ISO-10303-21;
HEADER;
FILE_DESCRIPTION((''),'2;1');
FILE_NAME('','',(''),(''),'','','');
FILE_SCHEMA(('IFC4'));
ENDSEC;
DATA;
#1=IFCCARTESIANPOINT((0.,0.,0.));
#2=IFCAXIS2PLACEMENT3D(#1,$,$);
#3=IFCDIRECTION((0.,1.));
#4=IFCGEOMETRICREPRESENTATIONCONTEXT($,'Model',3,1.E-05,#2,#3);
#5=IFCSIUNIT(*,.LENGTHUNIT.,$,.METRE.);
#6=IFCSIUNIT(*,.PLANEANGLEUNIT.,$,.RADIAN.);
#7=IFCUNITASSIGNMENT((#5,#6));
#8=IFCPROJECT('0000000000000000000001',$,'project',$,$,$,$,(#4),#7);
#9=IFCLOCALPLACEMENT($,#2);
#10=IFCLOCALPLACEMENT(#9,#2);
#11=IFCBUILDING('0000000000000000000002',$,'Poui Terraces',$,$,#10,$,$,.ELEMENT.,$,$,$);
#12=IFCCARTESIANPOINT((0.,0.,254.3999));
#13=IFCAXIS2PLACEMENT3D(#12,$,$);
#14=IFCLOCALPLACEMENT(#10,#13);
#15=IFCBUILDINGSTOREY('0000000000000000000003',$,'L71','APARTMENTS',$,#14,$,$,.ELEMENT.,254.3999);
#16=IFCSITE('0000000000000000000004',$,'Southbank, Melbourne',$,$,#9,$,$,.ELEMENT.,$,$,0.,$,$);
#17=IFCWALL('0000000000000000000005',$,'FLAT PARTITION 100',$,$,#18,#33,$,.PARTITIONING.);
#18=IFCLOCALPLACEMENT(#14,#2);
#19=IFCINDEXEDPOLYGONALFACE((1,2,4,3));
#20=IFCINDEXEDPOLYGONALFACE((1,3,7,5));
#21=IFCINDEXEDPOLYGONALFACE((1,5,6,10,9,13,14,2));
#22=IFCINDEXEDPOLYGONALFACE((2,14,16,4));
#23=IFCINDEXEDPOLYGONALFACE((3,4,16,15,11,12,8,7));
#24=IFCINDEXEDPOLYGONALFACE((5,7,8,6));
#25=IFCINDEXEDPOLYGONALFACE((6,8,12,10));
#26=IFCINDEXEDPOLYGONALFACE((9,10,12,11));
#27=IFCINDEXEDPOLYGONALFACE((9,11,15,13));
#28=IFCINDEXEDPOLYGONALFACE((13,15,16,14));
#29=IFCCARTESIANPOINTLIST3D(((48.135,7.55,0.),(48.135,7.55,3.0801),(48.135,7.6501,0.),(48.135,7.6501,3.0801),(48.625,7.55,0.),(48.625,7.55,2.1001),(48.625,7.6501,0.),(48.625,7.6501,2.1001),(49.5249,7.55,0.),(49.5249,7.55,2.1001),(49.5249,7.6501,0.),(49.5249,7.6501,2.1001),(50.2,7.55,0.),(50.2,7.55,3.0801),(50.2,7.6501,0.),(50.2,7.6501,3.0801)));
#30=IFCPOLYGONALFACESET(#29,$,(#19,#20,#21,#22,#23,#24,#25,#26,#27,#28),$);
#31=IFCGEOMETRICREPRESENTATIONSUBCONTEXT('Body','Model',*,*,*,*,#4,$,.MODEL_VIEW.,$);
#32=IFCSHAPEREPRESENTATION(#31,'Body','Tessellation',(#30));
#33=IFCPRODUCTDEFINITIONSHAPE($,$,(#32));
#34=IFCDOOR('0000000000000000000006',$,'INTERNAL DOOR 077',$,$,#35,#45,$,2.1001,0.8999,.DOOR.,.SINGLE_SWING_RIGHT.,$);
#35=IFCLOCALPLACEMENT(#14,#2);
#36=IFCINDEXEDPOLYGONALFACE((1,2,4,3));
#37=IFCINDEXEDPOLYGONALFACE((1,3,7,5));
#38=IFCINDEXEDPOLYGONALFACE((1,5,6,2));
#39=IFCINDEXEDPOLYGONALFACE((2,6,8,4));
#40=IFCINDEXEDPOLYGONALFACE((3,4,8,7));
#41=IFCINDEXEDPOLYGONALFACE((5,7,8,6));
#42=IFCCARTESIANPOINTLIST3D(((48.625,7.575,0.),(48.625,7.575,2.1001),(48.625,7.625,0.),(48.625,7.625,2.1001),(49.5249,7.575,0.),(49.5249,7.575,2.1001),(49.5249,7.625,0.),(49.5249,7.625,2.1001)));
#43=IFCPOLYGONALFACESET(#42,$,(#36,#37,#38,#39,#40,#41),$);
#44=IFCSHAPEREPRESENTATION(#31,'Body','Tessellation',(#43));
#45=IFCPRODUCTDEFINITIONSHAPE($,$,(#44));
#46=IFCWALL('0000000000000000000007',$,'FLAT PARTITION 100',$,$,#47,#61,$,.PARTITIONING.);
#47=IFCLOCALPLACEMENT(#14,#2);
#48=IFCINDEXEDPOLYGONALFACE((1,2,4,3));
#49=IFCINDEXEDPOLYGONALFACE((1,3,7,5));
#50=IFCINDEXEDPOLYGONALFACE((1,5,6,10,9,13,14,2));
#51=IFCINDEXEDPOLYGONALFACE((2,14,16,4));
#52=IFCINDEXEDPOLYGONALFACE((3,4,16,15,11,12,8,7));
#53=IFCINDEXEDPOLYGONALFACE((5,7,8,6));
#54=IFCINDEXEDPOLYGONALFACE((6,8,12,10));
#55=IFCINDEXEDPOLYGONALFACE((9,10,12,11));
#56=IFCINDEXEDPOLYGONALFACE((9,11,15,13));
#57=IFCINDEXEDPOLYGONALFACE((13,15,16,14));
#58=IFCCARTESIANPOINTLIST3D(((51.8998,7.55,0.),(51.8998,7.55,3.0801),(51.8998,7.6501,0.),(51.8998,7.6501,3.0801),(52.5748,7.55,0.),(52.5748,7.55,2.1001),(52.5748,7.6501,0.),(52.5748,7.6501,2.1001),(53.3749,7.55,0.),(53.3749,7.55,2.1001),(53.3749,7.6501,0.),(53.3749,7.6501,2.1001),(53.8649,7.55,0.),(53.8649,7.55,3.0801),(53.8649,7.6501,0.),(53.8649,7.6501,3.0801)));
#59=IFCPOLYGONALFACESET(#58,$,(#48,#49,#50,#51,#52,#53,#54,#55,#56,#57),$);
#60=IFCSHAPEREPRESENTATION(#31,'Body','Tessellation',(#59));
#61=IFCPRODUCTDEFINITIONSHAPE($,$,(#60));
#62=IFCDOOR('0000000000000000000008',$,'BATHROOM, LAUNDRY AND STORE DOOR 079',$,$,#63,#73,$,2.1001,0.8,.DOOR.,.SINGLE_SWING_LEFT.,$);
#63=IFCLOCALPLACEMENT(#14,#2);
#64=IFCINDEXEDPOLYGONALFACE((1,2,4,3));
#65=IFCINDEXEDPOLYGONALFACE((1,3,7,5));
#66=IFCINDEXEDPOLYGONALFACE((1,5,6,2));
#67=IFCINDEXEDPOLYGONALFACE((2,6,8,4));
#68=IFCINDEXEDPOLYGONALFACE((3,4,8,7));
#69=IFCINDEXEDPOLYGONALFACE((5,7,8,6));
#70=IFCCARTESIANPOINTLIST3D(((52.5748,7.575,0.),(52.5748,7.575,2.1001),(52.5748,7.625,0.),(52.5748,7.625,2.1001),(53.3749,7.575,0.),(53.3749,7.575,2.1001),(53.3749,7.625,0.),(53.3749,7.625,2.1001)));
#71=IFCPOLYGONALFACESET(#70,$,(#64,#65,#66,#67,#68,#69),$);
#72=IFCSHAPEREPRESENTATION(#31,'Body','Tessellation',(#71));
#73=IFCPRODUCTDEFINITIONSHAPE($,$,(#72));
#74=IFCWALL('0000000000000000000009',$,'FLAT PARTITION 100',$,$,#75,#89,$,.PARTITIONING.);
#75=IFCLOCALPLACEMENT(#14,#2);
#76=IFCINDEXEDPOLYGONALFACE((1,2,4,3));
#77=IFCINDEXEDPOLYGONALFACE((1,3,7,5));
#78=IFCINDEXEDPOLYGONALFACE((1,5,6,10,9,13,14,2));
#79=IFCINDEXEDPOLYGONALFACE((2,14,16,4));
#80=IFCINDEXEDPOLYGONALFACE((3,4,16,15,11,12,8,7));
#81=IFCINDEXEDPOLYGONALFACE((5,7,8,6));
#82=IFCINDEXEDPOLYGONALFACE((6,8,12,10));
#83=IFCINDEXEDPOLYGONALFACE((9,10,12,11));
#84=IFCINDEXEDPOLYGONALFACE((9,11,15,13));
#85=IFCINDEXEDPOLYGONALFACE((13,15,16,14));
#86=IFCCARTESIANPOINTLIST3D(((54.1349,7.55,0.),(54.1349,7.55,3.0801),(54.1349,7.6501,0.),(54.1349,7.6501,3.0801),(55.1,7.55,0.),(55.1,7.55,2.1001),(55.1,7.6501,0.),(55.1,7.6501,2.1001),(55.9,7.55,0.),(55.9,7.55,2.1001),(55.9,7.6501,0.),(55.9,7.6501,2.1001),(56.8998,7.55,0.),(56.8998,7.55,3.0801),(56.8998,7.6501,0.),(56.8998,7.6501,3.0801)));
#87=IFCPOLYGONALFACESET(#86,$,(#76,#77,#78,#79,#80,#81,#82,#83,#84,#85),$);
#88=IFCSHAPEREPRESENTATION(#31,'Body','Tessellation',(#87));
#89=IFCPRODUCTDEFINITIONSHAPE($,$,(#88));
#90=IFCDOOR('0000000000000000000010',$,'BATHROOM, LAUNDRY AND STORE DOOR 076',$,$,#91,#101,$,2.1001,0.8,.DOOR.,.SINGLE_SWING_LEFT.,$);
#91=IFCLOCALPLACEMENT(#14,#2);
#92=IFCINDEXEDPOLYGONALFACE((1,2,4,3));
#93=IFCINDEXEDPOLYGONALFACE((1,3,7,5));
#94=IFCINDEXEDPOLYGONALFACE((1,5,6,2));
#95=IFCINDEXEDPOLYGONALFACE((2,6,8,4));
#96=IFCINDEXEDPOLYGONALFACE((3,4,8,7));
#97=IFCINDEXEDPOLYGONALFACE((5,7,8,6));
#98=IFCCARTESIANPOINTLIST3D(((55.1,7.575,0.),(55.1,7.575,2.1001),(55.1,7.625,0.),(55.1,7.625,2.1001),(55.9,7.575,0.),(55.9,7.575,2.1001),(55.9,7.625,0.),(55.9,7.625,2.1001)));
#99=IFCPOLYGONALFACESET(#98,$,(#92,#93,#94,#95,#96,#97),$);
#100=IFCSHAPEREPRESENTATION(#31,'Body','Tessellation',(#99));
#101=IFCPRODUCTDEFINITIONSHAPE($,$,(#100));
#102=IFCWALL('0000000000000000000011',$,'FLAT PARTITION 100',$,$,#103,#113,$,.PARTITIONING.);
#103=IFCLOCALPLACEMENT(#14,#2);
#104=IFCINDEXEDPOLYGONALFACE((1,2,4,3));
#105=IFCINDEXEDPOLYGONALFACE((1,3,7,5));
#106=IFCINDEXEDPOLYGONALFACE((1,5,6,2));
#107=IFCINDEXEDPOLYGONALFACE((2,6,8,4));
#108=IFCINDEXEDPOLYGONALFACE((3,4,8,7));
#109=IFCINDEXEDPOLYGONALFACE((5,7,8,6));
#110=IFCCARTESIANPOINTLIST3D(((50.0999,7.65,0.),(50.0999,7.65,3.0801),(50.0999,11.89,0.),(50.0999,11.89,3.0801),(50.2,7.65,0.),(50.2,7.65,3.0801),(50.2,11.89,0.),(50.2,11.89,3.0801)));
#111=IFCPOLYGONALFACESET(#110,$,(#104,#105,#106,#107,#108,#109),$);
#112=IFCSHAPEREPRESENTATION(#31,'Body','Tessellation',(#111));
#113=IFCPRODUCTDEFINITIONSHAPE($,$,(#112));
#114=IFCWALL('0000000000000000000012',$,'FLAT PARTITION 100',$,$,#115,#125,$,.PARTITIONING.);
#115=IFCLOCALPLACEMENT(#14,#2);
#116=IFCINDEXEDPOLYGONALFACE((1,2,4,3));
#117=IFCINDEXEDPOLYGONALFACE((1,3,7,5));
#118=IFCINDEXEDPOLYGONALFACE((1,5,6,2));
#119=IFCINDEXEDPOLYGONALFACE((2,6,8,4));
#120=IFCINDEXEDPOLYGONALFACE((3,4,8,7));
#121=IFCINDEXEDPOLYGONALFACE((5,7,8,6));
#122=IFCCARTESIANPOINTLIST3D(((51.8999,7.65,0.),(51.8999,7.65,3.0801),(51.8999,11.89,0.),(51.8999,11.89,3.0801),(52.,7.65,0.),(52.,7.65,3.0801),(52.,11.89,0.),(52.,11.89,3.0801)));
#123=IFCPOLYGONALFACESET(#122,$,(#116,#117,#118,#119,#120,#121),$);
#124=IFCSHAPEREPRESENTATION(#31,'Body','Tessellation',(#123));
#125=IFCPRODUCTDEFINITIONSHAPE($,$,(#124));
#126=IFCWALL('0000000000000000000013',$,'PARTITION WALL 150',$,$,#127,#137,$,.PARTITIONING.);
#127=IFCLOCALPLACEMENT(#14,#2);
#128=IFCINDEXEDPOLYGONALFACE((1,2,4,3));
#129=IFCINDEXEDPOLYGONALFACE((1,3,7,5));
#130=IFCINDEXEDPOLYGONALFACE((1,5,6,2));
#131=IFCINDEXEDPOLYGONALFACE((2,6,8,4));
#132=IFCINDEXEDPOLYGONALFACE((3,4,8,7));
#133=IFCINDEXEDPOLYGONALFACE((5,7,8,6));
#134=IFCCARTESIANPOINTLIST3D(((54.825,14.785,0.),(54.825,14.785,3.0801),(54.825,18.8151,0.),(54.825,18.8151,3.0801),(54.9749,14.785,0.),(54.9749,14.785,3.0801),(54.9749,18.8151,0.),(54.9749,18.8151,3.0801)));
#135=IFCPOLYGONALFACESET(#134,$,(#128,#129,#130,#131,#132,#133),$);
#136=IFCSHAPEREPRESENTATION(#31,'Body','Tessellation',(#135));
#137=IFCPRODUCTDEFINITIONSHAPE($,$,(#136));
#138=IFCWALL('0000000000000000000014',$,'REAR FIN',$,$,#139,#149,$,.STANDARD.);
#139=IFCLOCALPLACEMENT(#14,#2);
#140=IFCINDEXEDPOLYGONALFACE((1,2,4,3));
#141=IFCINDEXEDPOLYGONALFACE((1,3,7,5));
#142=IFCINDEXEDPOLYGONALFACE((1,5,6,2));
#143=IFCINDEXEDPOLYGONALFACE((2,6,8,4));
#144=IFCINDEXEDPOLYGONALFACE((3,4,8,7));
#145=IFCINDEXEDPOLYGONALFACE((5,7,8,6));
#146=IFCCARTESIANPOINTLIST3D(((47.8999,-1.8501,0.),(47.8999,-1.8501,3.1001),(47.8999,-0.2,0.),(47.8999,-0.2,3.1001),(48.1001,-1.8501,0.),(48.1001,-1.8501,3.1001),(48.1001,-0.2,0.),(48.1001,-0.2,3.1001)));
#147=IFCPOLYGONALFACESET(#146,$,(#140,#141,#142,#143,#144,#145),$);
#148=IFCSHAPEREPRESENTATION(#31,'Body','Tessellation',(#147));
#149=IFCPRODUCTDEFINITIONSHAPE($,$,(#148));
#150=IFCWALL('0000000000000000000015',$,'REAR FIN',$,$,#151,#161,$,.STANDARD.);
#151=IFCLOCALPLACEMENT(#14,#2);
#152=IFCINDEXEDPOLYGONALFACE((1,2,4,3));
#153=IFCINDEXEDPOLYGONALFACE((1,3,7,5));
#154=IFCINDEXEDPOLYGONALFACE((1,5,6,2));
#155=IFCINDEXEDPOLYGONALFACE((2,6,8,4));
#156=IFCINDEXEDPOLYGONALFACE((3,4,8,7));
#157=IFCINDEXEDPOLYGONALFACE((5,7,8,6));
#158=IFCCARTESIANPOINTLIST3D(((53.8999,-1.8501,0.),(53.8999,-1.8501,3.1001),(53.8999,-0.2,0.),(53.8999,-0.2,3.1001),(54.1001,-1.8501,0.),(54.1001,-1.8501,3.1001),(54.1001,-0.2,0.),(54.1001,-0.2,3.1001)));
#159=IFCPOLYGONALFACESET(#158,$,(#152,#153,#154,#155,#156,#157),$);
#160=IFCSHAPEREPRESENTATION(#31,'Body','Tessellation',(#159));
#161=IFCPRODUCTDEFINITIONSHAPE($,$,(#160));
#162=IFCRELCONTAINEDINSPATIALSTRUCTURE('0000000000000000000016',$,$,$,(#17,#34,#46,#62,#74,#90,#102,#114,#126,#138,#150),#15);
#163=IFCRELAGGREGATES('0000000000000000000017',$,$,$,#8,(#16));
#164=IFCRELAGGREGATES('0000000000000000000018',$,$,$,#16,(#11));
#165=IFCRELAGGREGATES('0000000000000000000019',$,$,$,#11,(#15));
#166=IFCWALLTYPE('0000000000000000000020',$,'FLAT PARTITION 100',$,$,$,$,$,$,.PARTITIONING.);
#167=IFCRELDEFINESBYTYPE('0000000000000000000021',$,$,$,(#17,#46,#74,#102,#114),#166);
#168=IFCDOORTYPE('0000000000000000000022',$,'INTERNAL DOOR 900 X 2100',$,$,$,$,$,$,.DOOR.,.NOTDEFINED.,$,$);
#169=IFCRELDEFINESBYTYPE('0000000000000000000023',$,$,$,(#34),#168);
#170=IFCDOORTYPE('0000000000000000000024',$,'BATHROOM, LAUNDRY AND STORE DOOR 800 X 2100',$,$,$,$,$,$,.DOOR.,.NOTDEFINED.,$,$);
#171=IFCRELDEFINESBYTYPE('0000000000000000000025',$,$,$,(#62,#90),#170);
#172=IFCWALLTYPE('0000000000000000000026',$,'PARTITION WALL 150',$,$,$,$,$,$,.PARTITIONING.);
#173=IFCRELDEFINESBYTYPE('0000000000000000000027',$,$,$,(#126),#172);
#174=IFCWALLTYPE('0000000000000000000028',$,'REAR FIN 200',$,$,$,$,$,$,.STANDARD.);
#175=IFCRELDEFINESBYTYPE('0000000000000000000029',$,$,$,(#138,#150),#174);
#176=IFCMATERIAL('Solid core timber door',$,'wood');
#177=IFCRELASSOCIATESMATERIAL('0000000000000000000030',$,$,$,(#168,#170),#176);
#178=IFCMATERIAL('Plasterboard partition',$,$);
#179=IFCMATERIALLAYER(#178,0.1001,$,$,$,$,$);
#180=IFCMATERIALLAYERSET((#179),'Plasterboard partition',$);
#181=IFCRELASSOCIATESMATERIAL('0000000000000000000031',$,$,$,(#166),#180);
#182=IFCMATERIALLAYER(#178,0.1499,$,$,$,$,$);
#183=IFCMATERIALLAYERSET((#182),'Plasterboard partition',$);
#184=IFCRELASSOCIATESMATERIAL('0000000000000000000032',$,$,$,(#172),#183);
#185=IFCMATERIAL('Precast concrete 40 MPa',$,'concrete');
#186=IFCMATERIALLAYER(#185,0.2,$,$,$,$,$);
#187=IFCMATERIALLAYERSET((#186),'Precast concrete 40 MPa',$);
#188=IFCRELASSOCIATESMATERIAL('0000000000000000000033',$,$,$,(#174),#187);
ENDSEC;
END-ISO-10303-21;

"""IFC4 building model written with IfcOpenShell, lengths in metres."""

from ifc_helpers import new_model, si_unit, direction, frame, frame_2d, origin, place, context, subcontext, project, spatial, polyline, rectangle, outline, extrude, source, transform, mapped, material, layer, layer_set, type_object, element, fill, save


model = new_model("IFC4")

# Units and contexts
model_context = context("Model", 3, precision=1e-05, world=origin(), true_north=direction((0.0, 1.0)))
body_context = subcontext(model_context, "Body", "Model", "MODEL_VIEW")
ifc_project = project(units=[si_unit("LENGTHUNIT", "METRE"), si_unit("PLANEANGLEUNIT", "RADIAN")], contexts=[model_context])

# Site, building, storey
site_placement = place(None, origin())
site = spatial("IfcSite", under=ifc_project, at=site_placement, Name="Southbank, Melbourne", CompositionType="ELEMENT", RefElevation=0.0)
building_placement = place(site_placement, origin())
building = spatial("IfcBuilding", under=site, at=building_placement, Name="Poui Terraces", CompositionType="ELEMENT")
storey_placement = place(building_placement, frame((0.0, 0.0, 254.3999)))
storey = spatial("IfcBuildingStorey", under=building, at=storey_placement, Name="L71", Description="APARTMENTS", CompositionType="ELEMENT", Elevation=254.3999)

# Shared definitions
ifc_material_1 = material(Name="Precast concrete 40 MPa", Category="concrete")

# Walls, openings, doors
ifc_material_2 = material(Name="Solid core timber door", Category="wood")
door_type_1 = type_object("IfcDoorType", Name="INTERNAL DOOR 900 X 2100", OperationType="NOTDEFINED", PredefinedType="DOOR", material=ifc_material_2)
ifc_material_3 = material(Name="Plasterboard partition")
ifc_layer_1 = layer(ifc_material_3, 0.1001)
ifc_layer_set_1 = layer_set([ifc_layer_1], Name="Plasterboard partition")
wall_type_1 = type_object("IfcWallType", Name="FLAT PARTITION 100", PredefinedType="PARTITIONING", material=ifc_layer_set_1)
wall_1_placement = place(storey_placement, frame((48.135, 7.6001, 0.0), z_axis=(0.0, 0.0, 1.0), x_axis=(1.0, 0.0, 0.0)))
wall_1 = element("IfcWall", 1, at=wall_1_placement, inside=storey, type_object=wall_type_1, Name="FLAT PARTITION 100", PredefinedType="PARTITIONING", context=body_context, shape_type="SweptSolid", body=[
    extrude(rectangle(XDim=2.0649, YDim=0.1001, at=frame_2d((1.0325, 0.0))), origin(), (0.0, 0.0, 1.0), 3.0801),
])
opening_1_placement = place(wall_1_placement, frame((0.49, 0.0, 0.0)))
opening_1 = element("IfcOpeningElement", 2, at=opening_1_placement, cuts=wall_1, PredefinedType="OPENING", context=body_context, shape_type="SweptSolid", body=[
    extrude(rectangle(XDim=0.8999, YDim=2.1001, at=frame_2d((0.45, 1.05))), frame((0.0, 0.0601, 0.0), z_axis=(0.0, -1.0, 0.0), x_axis=(1.0, 0.0, 0.0)), (0.0, 0.0, 1.0), 0.1201),
])
door_1_placement = place(opening_1_placement, origin())
door_1 = element("IfcDoor", 3, at=door_1_placement, inside=storey, type_object=door_type_1, Name="INTERNAL DOOR 077", OperationType="SINGLE_SWING_RIGHT", OverallHeight=2.1001, OverallWidth=0.8999, PredefinedType="DOOR", context=body_context, shape_type="SweptSolid", body=[
    extrude(rectangle(XDim=0.8999, YDim=2.1001, at=frame_2d((0.45, 1.05))), frame((0.0, 0.0249, 0.0), z_axis=(0.0, -1.0, 0.0), x_axis=(1.0, 0.0, 0.0)), (0.0, 0.0, 1.0), 0.05),
])
fill(opening_1, door_1)
wall_2_placement = place(storey_placement, frame((51.8999, 7.6001, 0.0), z_axis=(0.0, 0.0, 1.0), x_axis=(1.0, 0.0, 0.0)))
wall_2 = element("IfcWall", 4, at=wall_2_placement, inside=storey, type_object=wall_type_1, Name="FLAT PARTITION 100", PredefinedType="PARTITIONING", context=body_context, shape_type="SweptSolid", body=[
    extrude(rectangle(XDim=1.9651, YDim=0.1001, at=frame_2d((0.9824, 0.0))), origin(), (0.0, 0.0, 1.0), 3.0801),
])
opening_2_placement = place(wall_2_placement, frame((0.675, 0.0, 0.0)))
opening_2 = element("IfcOpeningElement", 5, at=opening_2_placement, cuts=wall_2, PredefinedType="OPENING", context=body_context, shape_type="SweptSolid", body=[
    extrude(rectangle(XDim=0.8, YDim=2.1001, at=frame_2d((0.3999, 1.05))), frame((0.0, 0.0601, 0.0), z_axis=(0.0, -1.0, 0.0), x_axis=(1.0, 0.0, 0.0)), (0.0, 0.0, 1.0), 0.1201),
])
door_type_2 = type_object("IfcDoorType", Name="BATHROOM, LAUNDRY AND STORE DOOR 800 X 2100", OperationType="NOTDEFINED", PredefinedType="DOOR", material=ifc_material_2)
door_2_placement = place(opening_2_placement, origin())
door_2 = element("IfcDoor", 6, at=door_2_placement, inside=storey, type_object=door_type_2, Name="BATHROOM, LAUNDRY AND STORE DOOR 079", OperationType="SINGLE_SWING_LEFT", OverallHeight=2.1001, OverallWidth=0.8, PredefinedType="DOOR", context=body_context, shape_type="SweptSolid", body=[
    extrude(rectangle(XDim=0.8, YDim=2.1001, at=frame_2d((0.3999, 1.05))), frame((0.0, 0.0249, 0.0), z_axis=(0.0, -1.0, 0.0), x_axis=(1.0, 0.0, 0.0)), (0.0, 0.0, 1.0), 0.05),
])
fill(opening_2, door_2)
wall_3_placement = place(storey_placement, frame((54.135, 7.6001, 0.0), z_axis=(0.0, 0.0, 1.0), x_axis=(1.0, 0.0, 0.0)))
wall_3 = element("IfcWall", 7, at=wall_3_placement, inside=storey, type_object=wall_type_1, Name="FLAT PARTITION 100", PredefinedType="PARTITIONING", context=body_context, shape_type="SweptSolid", body=[
    extrude(rectangle(XDim=2.7649, YDim=0.1001, at=frame_2d((1.3823, 0.0))), origin(), (0.0, 0.0, 1.0), 3.0801),
])
opening_3_placement = place(wall_3_placement, frame((0.9651, 0.0, 0.0)))
opening_3 = element("IfcOpeningElement", 8, at=opening_3_placement, cuts=wall_3, PredefinedType="OPENING", context=body_context, shape_type="SweptSolid", body=[
    extrude(rectangle(XDim=0.8, YDim=2.1001, at=frame_2d((0.3999, 1.05))), frame((0.0, 0.0601, 0.0), z_axis=(0.0, -1.0, 0.0), x_axis=(1.0, 0.0, 0.0)), (0.0, 0.0, 1.0), 0.1201),
])
door_3_placement = place(opening_3_placement, origin())
door_3 = element("IfcDoor", 9, at=door_3_placement, inside=storey, type_object=door_type_2, Name="BATHROOM, LAUNDRY AND STORE DOOR 076", OperationType="SINGLE_SWING_LEFT", OverallHeight=2.1001, OverallWidth=0.8, PredefinedType="DOOR", context=body_context, shape_type="SweptSolid", body=[
    extrude(rectangle(XDim=0.8, YDim=2.1001, at=frame_2d((0.3999, 1.05))), frame((0.0, 0.0249, 0.0), z_axis=(0.0, -1.0, 0.0), x_axis=(1.0, 0.0, 0.0)), (0.0, 0.0, 1.0), 0.05),
])
fill(opening_3, door_3)

# Walls
for number, where, z_axis, x_axis, name in (
    (10, (50.1499, 7.6499, 0.0), (0.0, 0.0, 1.0), (0.0, 1.0, 0.0), "FLAT PARTITION 100"),
    (11, (51.95, 7.6499, 0.0), (0.0, 0.0, 1.0), (0.0, 1.0, 0.0), "FLAT PARTITION 100"),
):
    element("IfcWall", number, at=place(storey_placement, frame(where, z_axis=z_axis, x_axis=x_axis)), inside=storey, type_object=wall_type_1, Name=name, PredefinedType="PARTITIONING", context=body_context, shape_type="SweptSolid", body=[
        extrude(rectangle(XDim=4.24, YDim=0.1001, at=frame_2d((2.1201, 0.0))), origin(), (0.0, 0.0, 1.0), 3.0801),
    ])
ifc_layer_2 = layer(ifc_material_3, 0.1499)
ifc_layer_set_2 = layer_set([ifc_layer_2], Name="Plasterboard partition")
wall_type_2 = type_object("IfcWallType", Name="PARTITION WALL 150", PredefinedType="PARTITIONING", material=ifc_layer_set_2)
wall_4_placement = place(storey_placement, frame((54.8999, 14.7849, 0.0), z_axis=(0.0, 0.0, 1.0), x_axis=(0.0, 1.0, 0.0)))
element("IfcWall", 12, at=wall_4_placement, inside=storey, type_object=wall_type_2, Name="PARTITION WALL 150", PredefinedType="PARTITIONING", context=body_context, shape_type="SweptSolid", body=[
    extrude(rectangle(XDim=4.03, YDim=0.1499, at=frame_2d((2.0151, 0.0))), origin(), (0.0, 0.0, 1.0), 3.0801),
])
ifc_layer_3 = layer(ifc_material_1, 0.2)
ifc_layer_set_3 = layer_set([ifc_layer_3], Name="Precast concrete 40 MPa")
wall_type_3 = type_object("IfcWallType", Name="REAR FIN 200", PredefinedType="STANDARD", material=ifc_layer_set_3)
shared_shape_1 = source(origin(), body_context, "Body", "SweptSolid", [
    extrude(outline(polyline([(0.0, 0.0), (0.2002, 0.0), (0.2002, 1.6501), (0.0, 1.6501), (0.0, 0.0)])), origin(), (0.0, 0.0, 1.0), 3.1001),
])
for number, where, name in (
    (13, (47.8999, -1.8501, 0.0), "REAR FIN"),
    (14, (53.8999, -1.8501, 0.0), "REAR FIN"),
):
    element("IfcWall", number, at=place(storey_placement, frame(where)), inside=storey, type_object=wall_type_3, Name=name, PredefinedType="STANDARD", context=body_context, shape_type="MappedRepresentation", body=[
        mapped(shared_shape_1, transform((0.0, 0.0, 0.0))),
    ])

save(model, "model.ifc")
